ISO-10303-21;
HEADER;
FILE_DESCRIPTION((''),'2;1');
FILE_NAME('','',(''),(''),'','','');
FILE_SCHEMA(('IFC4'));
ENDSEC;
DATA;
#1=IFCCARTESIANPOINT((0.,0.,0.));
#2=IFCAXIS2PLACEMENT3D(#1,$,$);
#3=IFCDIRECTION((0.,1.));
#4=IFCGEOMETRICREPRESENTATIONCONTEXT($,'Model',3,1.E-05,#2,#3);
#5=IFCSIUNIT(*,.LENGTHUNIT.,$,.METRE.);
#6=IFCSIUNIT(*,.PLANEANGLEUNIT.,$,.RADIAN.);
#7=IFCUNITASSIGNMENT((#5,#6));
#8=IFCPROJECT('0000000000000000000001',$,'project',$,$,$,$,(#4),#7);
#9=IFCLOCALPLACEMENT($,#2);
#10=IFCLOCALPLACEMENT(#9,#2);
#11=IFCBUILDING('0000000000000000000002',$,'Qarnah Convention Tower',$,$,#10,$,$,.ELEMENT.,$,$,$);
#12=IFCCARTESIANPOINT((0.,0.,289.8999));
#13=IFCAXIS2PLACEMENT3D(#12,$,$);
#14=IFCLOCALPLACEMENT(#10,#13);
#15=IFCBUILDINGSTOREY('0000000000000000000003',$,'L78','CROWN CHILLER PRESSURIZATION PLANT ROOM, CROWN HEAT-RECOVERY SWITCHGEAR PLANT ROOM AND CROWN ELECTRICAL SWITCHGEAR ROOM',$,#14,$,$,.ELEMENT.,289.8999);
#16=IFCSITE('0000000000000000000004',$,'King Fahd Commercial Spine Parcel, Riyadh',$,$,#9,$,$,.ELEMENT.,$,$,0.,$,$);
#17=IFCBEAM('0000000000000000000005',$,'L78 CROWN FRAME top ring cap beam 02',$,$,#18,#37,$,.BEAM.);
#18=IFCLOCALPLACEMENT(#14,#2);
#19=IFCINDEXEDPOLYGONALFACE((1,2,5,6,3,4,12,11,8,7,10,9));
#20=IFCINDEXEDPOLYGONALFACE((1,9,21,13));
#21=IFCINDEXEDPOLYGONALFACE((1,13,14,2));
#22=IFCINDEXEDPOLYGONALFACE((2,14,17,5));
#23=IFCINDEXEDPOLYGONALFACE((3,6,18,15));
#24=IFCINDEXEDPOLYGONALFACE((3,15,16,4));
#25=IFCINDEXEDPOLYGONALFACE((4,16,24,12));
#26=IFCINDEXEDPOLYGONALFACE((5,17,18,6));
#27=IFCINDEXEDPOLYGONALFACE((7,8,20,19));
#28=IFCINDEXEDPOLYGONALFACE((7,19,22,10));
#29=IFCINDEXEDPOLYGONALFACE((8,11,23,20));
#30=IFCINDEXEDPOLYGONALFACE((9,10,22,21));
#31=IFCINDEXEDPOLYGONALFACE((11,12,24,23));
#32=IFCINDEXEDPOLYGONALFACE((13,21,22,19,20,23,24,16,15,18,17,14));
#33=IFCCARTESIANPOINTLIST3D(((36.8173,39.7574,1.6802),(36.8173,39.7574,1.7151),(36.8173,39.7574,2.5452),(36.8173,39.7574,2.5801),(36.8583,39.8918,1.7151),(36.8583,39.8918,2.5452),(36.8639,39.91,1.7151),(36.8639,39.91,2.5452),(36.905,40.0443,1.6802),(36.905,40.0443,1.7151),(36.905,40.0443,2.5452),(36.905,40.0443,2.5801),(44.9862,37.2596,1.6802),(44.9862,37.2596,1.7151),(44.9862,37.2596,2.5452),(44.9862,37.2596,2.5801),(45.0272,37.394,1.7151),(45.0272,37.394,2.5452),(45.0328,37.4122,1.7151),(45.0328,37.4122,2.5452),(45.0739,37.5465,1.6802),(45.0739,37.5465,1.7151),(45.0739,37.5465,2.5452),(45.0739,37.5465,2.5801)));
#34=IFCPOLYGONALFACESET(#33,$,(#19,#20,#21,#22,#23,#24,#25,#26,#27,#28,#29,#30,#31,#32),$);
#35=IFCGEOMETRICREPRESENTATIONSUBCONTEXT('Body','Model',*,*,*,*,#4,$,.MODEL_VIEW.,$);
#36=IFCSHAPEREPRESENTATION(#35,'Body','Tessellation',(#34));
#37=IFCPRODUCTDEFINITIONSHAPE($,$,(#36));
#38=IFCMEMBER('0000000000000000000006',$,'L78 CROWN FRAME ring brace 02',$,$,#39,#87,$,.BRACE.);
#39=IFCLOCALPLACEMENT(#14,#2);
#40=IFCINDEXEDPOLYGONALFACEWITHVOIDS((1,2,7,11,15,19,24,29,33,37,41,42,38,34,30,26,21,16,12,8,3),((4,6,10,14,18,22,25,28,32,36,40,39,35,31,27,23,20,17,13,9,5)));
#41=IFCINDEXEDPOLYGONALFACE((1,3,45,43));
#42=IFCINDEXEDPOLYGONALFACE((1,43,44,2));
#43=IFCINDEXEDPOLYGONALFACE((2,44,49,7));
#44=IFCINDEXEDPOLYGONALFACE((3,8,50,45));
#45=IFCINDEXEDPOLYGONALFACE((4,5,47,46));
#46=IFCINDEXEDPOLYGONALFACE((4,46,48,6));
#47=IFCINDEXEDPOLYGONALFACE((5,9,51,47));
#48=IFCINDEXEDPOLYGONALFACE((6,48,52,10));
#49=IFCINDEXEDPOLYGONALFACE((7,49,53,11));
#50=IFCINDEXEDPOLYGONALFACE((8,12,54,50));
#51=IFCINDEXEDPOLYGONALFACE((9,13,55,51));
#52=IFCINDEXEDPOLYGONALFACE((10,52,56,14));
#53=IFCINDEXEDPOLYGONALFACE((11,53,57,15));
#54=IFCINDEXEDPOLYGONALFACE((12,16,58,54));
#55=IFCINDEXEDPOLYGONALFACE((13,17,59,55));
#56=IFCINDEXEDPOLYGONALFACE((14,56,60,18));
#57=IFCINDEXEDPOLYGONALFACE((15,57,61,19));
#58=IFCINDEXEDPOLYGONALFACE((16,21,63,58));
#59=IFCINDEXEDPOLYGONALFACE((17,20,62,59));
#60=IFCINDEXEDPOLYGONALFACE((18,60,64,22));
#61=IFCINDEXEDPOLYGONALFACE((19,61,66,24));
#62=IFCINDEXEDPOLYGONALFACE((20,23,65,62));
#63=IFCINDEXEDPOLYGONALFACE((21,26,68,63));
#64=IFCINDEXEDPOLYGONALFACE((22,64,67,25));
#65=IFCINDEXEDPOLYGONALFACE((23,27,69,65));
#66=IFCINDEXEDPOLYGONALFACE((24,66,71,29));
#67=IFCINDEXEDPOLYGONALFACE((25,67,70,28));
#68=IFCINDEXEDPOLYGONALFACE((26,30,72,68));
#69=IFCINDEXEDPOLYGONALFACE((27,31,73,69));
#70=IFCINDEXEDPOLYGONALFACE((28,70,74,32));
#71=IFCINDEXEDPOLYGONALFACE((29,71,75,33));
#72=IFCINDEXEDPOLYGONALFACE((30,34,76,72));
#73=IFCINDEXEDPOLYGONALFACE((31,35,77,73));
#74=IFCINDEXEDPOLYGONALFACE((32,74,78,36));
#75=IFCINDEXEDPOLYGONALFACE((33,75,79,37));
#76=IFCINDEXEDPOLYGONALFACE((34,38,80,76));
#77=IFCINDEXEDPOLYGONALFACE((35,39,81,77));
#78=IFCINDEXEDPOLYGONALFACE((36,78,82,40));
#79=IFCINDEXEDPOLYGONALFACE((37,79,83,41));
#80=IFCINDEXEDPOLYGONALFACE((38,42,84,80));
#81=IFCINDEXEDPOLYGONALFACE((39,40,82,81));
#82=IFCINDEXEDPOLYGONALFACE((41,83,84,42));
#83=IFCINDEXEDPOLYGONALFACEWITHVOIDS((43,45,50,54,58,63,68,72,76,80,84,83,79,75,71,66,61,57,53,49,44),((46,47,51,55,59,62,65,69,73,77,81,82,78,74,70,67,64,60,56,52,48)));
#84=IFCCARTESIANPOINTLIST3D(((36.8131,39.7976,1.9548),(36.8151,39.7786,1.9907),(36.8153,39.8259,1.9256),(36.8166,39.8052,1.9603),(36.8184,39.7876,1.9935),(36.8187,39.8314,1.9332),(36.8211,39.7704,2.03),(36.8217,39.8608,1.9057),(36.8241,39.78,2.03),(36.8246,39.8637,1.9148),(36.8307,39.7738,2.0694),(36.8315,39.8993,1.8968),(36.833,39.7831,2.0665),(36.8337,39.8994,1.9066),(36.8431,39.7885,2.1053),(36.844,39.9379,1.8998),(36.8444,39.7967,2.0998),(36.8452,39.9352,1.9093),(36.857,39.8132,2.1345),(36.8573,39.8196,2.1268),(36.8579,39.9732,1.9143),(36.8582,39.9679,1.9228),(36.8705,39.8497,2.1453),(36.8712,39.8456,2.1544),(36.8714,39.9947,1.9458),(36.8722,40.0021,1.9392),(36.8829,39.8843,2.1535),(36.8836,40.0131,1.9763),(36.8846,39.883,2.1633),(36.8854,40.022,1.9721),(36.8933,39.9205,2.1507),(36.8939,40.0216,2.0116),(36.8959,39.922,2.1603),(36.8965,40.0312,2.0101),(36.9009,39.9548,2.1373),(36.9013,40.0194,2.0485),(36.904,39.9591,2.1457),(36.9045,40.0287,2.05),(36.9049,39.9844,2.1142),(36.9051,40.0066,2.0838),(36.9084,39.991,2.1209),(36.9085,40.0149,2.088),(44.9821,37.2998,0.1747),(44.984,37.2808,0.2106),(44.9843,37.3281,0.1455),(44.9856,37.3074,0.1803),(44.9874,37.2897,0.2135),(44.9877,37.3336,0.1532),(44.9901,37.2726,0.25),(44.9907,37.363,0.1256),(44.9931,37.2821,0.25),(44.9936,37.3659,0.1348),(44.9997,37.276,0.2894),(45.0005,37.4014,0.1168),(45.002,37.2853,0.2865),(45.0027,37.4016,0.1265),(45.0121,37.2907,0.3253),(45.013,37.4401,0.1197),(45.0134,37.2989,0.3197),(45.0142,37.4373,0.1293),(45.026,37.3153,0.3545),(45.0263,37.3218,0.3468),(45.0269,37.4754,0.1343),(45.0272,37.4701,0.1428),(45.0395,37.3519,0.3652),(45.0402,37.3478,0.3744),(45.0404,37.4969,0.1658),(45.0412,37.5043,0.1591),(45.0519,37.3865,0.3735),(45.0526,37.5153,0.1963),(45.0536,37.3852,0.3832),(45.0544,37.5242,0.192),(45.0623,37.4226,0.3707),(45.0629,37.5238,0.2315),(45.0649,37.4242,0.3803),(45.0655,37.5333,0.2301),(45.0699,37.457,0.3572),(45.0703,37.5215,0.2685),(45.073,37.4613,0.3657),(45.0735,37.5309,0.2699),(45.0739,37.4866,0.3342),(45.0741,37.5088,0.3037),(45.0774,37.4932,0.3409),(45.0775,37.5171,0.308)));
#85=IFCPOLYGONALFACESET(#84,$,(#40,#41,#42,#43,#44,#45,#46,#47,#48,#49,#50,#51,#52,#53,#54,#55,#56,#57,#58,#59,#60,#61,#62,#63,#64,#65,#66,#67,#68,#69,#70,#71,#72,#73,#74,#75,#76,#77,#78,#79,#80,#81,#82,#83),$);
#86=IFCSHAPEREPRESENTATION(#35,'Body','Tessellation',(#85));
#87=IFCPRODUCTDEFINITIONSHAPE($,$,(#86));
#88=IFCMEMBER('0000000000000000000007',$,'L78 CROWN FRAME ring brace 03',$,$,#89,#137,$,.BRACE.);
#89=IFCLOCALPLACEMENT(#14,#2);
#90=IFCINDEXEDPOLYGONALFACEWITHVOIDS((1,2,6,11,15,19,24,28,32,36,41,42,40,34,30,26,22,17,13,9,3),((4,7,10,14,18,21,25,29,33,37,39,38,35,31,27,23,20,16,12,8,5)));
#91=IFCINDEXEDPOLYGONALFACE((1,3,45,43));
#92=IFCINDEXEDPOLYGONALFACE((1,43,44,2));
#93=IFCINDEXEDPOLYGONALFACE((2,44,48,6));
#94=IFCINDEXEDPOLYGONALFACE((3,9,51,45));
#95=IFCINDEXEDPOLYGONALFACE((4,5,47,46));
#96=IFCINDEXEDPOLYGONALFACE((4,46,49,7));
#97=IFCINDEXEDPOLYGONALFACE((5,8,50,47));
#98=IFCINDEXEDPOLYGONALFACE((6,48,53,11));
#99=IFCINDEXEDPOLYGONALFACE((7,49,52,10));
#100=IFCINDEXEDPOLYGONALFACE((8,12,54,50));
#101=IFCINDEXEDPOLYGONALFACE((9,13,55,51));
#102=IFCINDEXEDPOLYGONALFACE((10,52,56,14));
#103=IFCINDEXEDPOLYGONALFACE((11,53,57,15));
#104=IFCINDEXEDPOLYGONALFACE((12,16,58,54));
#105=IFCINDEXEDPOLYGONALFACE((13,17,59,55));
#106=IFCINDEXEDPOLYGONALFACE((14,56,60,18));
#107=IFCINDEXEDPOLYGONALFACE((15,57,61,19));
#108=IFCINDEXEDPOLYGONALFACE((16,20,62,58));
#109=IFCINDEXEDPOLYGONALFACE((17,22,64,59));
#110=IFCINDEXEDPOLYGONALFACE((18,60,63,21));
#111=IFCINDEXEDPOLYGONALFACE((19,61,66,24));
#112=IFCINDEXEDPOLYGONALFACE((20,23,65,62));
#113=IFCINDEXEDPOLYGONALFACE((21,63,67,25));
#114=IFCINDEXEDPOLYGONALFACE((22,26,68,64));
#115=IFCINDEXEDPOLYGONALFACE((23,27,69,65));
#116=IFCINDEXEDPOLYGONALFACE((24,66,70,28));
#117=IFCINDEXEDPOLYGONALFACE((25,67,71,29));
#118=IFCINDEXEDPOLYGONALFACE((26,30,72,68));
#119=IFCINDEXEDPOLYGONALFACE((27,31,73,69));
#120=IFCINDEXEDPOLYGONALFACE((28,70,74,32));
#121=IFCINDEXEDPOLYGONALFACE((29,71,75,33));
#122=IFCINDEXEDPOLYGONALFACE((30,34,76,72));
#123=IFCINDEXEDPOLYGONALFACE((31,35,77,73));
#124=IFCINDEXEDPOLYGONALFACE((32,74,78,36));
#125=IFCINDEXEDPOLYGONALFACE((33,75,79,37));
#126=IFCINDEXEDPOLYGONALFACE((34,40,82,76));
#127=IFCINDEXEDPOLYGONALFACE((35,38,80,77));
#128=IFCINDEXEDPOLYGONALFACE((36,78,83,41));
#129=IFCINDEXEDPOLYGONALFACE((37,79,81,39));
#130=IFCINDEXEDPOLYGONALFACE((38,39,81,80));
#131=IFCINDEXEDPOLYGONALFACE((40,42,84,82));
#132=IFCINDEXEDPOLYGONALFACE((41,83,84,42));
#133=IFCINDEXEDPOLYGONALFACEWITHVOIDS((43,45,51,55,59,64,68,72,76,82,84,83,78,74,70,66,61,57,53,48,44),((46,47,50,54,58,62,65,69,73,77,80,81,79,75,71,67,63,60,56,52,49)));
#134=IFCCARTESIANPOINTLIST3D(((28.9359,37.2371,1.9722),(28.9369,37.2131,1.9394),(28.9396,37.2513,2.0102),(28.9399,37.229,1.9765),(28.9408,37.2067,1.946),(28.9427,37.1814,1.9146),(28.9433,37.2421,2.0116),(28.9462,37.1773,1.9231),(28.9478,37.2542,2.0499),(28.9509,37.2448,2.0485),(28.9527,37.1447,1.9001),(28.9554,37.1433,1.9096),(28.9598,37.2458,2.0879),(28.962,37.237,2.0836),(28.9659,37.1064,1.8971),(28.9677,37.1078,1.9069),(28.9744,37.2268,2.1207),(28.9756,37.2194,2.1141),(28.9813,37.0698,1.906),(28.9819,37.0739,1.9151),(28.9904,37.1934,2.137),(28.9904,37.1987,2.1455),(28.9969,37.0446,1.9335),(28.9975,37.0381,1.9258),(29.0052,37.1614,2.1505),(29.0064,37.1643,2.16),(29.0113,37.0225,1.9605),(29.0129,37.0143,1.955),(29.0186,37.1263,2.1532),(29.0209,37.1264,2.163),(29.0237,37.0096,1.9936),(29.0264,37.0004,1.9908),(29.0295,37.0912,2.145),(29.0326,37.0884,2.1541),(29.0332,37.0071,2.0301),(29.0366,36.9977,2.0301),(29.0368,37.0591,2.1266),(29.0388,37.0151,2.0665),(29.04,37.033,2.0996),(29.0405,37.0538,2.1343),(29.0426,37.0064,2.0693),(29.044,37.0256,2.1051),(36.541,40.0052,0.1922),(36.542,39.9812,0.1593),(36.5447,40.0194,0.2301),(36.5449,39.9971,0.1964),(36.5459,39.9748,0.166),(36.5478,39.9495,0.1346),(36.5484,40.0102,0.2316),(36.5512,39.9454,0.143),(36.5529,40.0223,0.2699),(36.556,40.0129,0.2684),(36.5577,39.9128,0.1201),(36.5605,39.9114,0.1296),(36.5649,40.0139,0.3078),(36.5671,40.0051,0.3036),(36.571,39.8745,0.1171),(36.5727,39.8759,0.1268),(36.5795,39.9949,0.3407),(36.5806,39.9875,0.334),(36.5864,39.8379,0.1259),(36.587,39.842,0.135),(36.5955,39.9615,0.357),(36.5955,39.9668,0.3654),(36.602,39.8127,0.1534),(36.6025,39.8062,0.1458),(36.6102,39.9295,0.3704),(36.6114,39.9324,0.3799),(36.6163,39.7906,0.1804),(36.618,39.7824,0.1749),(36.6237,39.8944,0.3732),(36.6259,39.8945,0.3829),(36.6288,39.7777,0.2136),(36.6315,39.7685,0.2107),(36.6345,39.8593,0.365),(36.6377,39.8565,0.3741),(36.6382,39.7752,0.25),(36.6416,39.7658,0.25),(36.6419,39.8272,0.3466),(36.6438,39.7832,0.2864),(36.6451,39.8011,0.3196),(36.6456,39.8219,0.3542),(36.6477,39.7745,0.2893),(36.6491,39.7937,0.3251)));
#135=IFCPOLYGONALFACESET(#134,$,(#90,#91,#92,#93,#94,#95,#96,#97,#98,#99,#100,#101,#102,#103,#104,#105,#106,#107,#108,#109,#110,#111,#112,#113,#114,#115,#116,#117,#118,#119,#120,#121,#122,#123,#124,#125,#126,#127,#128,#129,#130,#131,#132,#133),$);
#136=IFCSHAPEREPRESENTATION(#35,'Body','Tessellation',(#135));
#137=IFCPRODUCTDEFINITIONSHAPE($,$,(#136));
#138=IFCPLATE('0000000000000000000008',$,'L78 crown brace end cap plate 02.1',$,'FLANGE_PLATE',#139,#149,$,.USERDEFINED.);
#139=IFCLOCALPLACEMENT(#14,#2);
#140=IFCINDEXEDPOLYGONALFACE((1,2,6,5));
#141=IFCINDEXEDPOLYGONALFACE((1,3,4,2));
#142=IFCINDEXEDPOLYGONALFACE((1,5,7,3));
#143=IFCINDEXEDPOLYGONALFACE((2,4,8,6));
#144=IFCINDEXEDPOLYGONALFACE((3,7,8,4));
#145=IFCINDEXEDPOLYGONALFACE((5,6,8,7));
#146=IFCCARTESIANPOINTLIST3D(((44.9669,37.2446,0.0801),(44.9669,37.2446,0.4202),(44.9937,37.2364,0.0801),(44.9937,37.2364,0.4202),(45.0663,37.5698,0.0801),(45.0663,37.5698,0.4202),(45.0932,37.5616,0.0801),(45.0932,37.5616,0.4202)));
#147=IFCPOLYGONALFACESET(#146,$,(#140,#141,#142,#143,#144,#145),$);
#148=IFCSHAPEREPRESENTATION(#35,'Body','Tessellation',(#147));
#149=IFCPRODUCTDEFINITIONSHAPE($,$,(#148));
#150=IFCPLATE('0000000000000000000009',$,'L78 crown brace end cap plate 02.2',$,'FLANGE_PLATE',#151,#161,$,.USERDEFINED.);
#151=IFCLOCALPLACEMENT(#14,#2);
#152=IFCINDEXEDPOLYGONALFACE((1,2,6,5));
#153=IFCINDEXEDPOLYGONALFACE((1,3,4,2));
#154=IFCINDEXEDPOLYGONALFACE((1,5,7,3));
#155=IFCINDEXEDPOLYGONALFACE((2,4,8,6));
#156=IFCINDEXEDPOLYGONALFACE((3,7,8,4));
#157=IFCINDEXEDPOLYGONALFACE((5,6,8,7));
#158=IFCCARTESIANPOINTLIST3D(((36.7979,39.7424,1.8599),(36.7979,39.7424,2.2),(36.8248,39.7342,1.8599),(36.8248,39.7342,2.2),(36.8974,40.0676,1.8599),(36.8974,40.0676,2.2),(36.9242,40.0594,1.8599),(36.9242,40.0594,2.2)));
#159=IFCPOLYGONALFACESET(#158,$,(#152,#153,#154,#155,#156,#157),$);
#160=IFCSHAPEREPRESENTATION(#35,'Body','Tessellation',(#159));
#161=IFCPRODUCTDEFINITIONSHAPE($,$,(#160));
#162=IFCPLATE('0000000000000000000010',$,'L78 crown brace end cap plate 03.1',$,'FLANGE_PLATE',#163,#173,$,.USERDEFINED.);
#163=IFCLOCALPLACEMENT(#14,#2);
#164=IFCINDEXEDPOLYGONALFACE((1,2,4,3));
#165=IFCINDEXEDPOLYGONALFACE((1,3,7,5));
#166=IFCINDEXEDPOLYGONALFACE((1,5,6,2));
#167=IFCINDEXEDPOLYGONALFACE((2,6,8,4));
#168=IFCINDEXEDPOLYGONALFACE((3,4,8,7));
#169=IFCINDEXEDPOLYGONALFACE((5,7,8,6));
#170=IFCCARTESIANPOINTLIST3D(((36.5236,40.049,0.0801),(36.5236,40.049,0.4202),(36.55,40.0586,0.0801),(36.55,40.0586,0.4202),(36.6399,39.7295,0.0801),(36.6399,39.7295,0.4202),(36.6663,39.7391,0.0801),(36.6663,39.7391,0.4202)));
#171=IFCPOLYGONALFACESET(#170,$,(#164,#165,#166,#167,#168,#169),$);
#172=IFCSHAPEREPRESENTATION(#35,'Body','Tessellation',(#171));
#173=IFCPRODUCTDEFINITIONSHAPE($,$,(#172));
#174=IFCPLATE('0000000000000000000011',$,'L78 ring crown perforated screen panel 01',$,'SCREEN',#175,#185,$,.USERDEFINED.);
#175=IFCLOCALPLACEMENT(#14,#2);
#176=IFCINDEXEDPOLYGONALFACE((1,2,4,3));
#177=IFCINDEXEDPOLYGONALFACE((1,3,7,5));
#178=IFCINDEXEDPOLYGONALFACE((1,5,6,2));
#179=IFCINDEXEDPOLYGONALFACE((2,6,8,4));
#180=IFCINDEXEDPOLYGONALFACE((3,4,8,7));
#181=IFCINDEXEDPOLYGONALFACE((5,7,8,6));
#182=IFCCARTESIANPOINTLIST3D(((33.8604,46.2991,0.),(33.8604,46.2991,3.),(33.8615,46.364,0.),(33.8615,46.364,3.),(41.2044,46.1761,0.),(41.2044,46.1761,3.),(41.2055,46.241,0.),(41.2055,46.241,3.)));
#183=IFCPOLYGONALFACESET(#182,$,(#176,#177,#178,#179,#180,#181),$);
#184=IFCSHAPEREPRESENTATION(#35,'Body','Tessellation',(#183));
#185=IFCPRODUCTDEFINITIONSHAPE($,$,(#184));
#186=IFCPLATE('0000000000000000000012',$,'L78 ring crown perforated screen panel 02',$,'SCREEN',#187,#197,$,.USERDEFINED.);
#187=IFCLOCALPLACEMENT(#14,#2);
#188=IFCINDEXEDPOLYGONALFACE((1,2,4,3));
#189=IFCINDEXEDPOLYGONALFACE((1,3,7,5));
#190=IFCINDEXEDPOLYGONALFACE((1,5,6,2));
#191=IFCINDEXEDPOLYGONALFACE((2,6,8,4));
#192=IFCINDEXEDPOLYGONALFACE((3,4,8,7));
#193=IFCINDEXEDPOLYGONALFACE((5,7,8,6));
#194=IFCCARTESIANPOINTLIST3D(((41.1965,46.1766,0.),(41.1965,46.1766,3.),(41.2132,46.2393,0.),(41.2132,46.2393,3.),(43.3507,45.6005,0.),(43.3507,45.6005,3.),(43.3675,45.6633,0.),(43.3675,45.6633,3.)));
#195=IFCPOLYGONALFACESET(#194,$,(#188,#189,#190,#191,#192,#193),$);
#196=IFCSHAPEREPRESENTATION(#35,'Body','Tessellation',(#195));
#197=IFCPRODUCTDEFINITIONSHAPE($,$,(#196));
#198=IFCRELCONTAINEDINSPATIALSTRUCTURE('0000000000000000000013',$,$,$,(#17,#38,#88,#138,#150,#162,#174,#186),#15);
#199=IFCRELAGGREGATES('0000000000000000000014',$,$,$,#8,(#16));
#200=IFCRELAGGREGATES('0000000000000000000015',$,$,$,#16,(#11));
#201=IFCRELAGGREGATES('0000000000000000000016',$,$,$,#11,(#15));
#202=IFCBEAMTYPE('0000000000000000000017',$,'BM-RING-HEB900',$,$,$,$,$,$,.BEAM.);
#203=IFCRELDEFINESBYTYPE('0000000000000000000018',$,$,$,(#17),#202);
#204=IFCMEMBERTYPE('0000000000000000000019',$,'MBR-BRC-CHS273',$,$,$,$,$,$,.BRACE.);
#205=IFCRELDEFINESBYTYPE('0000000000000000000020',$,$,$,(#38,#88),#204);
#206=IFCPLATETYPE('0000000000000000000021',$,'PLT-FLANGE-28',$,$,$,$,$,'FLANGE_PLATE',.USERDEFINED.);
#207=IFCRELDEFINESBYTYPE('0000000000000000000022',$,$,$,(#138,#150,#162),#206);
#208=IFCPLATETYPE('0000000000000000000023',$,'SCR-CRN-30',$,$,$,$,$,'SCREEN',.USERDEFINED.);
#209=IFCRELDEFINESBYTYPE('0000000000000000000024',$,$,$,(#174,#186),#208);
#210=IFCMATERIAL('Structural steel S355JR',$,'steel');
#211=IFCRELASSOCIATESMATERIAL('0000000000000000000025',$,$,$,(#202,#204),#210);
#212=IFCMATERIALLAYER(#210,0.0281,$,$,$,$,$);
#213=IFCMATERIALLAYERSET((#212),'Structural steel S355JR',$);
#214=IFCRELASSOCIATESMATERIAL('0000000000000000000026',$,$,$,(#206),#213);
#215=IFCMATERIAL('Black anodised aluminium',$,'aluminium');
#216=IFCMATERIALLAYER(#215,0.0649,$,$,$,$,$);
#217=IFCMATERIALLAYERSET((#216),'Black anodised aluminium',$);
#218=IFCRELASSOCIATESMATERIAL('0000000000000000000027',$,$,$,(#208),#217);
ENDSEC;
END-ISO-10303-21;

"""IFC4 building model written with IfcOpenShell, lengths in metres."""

from ifc_helpers import new_model, si_unit, direction, frame, origin, origin_2d, place, context, subcontext, project, spatial, rectangle, hollow_circle, i_section, extrude, material, layer, layer_set, material_profile, profile_set, type_object, element, save


model = new_model("IFC4")

# Units and contexts
model_context = context("Model", 3, precision=1e-05, world=origin(), true_north=direction((0.0, 1.0)))
body_context = subcontext(model_context, "Body", "Model", "MODEL_VIEW")
ifc_project = project(units=[si_unit("LENGTHUNIT", "METRE"), si_unit("PLANEANGLEUNIT", "RADIAN")], contexts=[model_context])

# Site, building, storey
site_placement = place(None, origin())
site = spatial("IfcSite", under=ifc_project, at=site_placement, Name="King Fahd Commercial Spine Parcel, Riyadh", CompositionType="ELEMENT", RefElevation=0.0)
building_placement = place(site_placement, origin())
building = spatial("IfcBuilding", under=site, at=building_placement, Name="Qarnah Convention Tower", CompositionType="ELEMENT")
storey_placement = place(building_placement, frame((0.0, 0.0, 289.8999)))
storey = spatial("IfcBuildingStorey", under=building, at=storey_placement, Name="L78", Description="CROWN CHILLER PRESSURIZATION PLANT ROOM, CROWN HEAT-RECOVERY SWITCHGEAR PLANT ROOM AND CROWN ELECTRICAL SWITCHGEAR ROOM", CompositionType="ELEMENT", Elevation=289.8999)

# Shared definitions
ifc_material_1 = material(Name="Structural steel S355JR", Category="steel")

# Beam
ifc_material_profile_1 = material_profile(ifc_material_1, i_section(OverallWidth=0.3, OverallDepth=0.8999, WebThickness=0.019, FlangeThickness=0.0349, at=origin_2d()), Name="HEB900")
ifc_profile_set_1 = profile_set([ifc_material_profile_1], Name="Structural steel S355JR")
beam_type_1 = type_object("IfcBeamType", Name="BM-RING-HEB900", PredefinedType="BEAM", material=ifc_profile_set_1)
beam_1_placement = place(storey_placement, frame((45.03, 37.4031, 2.1301), z_axis=(-0.956295, 0.292404, 0.0), x_axis=(-0.292404, -0.956295, 0.0)))
element("IfcBeam", 1, at=beam_1_placement, inside=storey, type_object=beam_type_1, Name="L78 CROWN FRAME top ring cap beam 02", PredefinedType="BEAM", context=body_context, shape_type="SweptSolid", body=[
    extrude(i_section(OverallWidth=0.3, OverallDepth=0.8999, WebThickness=0.019, FlangeThickness=0.0349, at=origin_2d()), origin(), (0.0, 0.0, 1.0), 8.5422),
])

# Members
ifc_material_profile_2 = material_profile(ifc_material_1, hollow_circle(Radius=0.1365, WallThickness=0.01, at=origin_2d()), Name="CHS273X10")
ifc_profile_set_2 = profile_set([ifc_material_profile_2], Name="Structural steel S355JR")
member_type = type_object("IfcMemberType", Name="MBR-BRC-CHS273", PredefinedType="BRACE", material=ifc_profile_set_2)
member_1_placement = place(storey_placement, frame((45.03, 37.4031, 0.25), z_axis=(-0.936185, 0.286256, 0.203997), x_axis=(-0.292404, -0.956295, 0.0)))
element("IfcMember", 2, at=member_1_placement, inside=storey, type_object=member_type, Name="L78 CROWN FRAME ring brace 02", PredefinedType="BRACE", context=body_context, shape_type="SweptSolid", body=[
    extrude(hollow_circle(Radius=0.1365, WallThickness=0.01, at=origin_2d()), origin(), (0.0, 0.0, 1.0), 8.7258),
])
member_2_placement = place(storey_placement, frame((36.595, 39.894, 0.25), z_axis=(-0.917753, -0.334044, 0.21481), x_axis=(0.342029, -0.939689, 0.0)))
element("IfcMember", 3, at=member_2_placement, inside=storey, type_object=member_type, Name="L78 CROWN FRAME ring brace 03", PredefinedType="BRACE", context=body_context, shape_type="SweptSolid", body=[
    extrude(hollow_circle(Radius=0.1365, WallThickness=0.01, at=origin_2d()), origin(), (0.0, 0.0, 1.0), 8.2866),
])

# Plates
ifc_layer_1 = layer(ifc_material_1, 0.0281)
ifc_layer_set_1 = layer_set([ifc_layer_1], Name="Structural steel S355JR")
plate_type_1 = type_object("IfcPlateType", Name="PLT-FLANGE-28", ElementType="FLANGE_PLATE", PredefinedType="USERDEFINED", material=ifc_layer_set_1)
for number, where, z_axis, x_axis, name in (
    (4, (45.03, 37.4031, 0.0801), (0.0, 0.0, 1.0), (-0.956289, 0.292423, 0.0), "L78 crown brace end cap plate 02.1"),
    (5, (36.8611, 39.9009, 1.8599), (0.0, 0.0, 1.0), (-0.956289, 0.292423, 0.0), "L78 crown brace end cap plate 02.2"),
    (6, (36.595, 39.894, 0.0801), (0.0, 0.0, 1.0), (-0.939693, -0.34202, 0.0), "L78 crown brace end cap plate 03.1"),
):
    element("IfcPlate", number, at=place(storey_placement, frame(where, z_axis=z_axis, x_axis=x_axis)), inside=storey, type_object=plate_type_1, Name=name, ObjectType="FLANGE_PLATE", PredefinedType="USERDEFINED", context=body_context, shape_type="SweptSolid", body=[
        extrude(rectangle(XDim=0.0281, YDim=0.3401, at=origin_2d()), origin(), (0.0, 0.0, 1.0), 0.3401),
    ])
ifc_material_2 = material(Name="Black anodised aluminium", Category="aluminium")
ifc_layer_2 = layer(ifc_material_2, 0.0649)
ifc_layer_set_2 = layer_set([ifc_layer_2], Name="Black anodised aluminium")
plate_type_2 = type_object("IfcPlateType", Name="SCR-CRN-30", ElementType="SCREEN", PredefinedType="USERDEFINED", material=ifc_layer_set_2)
plate_1_placement = place(storey_placement, frame((37.533, 46.27, 0.0), z_axis=(0.0, 0.0, 1.0), x_axis=(0.99986, -0.016746, 0.0)))
element("IfcPlate", 7, at=plate_1_placement, inside=storey, type_object=plate_type_2, Name="L78 ring crown perforated screen panel 01", ObjectType="SCREEN", PredefinedType="USERDEFINED", context=body_context, shape_type="SweptSolid", body=[
    extrude(rectangle(XDim=7.345, YDim=0.0649, at=origin_2d()), origin(), (0.0, 0.0, 1.0), 3.0),
])
plate_2_placement = place(storey_placement, frame((42.282, 45.9199, 0.0), z_axis=(0.0, 0.0, 1.0), x_axis=(0.966056, -0.258332, 0.0)))
element("IfcPlate", 8, at=plate_2_placement, inside=storey, type_object=plate_type_2, Name="L78 ring crown perforated screen panel 02", ObjectType="SCREEN", PredefinedType="USERDEFINED", context=body_context, shape_type="SweptSolid", body=[
    extrude(rectangle(XDim=2.23, YDim=0.0649, at=origin_2d()), origin(), (0.0, 0.0, 1.0), 3.0),
])

save(model, "model.ifc")
